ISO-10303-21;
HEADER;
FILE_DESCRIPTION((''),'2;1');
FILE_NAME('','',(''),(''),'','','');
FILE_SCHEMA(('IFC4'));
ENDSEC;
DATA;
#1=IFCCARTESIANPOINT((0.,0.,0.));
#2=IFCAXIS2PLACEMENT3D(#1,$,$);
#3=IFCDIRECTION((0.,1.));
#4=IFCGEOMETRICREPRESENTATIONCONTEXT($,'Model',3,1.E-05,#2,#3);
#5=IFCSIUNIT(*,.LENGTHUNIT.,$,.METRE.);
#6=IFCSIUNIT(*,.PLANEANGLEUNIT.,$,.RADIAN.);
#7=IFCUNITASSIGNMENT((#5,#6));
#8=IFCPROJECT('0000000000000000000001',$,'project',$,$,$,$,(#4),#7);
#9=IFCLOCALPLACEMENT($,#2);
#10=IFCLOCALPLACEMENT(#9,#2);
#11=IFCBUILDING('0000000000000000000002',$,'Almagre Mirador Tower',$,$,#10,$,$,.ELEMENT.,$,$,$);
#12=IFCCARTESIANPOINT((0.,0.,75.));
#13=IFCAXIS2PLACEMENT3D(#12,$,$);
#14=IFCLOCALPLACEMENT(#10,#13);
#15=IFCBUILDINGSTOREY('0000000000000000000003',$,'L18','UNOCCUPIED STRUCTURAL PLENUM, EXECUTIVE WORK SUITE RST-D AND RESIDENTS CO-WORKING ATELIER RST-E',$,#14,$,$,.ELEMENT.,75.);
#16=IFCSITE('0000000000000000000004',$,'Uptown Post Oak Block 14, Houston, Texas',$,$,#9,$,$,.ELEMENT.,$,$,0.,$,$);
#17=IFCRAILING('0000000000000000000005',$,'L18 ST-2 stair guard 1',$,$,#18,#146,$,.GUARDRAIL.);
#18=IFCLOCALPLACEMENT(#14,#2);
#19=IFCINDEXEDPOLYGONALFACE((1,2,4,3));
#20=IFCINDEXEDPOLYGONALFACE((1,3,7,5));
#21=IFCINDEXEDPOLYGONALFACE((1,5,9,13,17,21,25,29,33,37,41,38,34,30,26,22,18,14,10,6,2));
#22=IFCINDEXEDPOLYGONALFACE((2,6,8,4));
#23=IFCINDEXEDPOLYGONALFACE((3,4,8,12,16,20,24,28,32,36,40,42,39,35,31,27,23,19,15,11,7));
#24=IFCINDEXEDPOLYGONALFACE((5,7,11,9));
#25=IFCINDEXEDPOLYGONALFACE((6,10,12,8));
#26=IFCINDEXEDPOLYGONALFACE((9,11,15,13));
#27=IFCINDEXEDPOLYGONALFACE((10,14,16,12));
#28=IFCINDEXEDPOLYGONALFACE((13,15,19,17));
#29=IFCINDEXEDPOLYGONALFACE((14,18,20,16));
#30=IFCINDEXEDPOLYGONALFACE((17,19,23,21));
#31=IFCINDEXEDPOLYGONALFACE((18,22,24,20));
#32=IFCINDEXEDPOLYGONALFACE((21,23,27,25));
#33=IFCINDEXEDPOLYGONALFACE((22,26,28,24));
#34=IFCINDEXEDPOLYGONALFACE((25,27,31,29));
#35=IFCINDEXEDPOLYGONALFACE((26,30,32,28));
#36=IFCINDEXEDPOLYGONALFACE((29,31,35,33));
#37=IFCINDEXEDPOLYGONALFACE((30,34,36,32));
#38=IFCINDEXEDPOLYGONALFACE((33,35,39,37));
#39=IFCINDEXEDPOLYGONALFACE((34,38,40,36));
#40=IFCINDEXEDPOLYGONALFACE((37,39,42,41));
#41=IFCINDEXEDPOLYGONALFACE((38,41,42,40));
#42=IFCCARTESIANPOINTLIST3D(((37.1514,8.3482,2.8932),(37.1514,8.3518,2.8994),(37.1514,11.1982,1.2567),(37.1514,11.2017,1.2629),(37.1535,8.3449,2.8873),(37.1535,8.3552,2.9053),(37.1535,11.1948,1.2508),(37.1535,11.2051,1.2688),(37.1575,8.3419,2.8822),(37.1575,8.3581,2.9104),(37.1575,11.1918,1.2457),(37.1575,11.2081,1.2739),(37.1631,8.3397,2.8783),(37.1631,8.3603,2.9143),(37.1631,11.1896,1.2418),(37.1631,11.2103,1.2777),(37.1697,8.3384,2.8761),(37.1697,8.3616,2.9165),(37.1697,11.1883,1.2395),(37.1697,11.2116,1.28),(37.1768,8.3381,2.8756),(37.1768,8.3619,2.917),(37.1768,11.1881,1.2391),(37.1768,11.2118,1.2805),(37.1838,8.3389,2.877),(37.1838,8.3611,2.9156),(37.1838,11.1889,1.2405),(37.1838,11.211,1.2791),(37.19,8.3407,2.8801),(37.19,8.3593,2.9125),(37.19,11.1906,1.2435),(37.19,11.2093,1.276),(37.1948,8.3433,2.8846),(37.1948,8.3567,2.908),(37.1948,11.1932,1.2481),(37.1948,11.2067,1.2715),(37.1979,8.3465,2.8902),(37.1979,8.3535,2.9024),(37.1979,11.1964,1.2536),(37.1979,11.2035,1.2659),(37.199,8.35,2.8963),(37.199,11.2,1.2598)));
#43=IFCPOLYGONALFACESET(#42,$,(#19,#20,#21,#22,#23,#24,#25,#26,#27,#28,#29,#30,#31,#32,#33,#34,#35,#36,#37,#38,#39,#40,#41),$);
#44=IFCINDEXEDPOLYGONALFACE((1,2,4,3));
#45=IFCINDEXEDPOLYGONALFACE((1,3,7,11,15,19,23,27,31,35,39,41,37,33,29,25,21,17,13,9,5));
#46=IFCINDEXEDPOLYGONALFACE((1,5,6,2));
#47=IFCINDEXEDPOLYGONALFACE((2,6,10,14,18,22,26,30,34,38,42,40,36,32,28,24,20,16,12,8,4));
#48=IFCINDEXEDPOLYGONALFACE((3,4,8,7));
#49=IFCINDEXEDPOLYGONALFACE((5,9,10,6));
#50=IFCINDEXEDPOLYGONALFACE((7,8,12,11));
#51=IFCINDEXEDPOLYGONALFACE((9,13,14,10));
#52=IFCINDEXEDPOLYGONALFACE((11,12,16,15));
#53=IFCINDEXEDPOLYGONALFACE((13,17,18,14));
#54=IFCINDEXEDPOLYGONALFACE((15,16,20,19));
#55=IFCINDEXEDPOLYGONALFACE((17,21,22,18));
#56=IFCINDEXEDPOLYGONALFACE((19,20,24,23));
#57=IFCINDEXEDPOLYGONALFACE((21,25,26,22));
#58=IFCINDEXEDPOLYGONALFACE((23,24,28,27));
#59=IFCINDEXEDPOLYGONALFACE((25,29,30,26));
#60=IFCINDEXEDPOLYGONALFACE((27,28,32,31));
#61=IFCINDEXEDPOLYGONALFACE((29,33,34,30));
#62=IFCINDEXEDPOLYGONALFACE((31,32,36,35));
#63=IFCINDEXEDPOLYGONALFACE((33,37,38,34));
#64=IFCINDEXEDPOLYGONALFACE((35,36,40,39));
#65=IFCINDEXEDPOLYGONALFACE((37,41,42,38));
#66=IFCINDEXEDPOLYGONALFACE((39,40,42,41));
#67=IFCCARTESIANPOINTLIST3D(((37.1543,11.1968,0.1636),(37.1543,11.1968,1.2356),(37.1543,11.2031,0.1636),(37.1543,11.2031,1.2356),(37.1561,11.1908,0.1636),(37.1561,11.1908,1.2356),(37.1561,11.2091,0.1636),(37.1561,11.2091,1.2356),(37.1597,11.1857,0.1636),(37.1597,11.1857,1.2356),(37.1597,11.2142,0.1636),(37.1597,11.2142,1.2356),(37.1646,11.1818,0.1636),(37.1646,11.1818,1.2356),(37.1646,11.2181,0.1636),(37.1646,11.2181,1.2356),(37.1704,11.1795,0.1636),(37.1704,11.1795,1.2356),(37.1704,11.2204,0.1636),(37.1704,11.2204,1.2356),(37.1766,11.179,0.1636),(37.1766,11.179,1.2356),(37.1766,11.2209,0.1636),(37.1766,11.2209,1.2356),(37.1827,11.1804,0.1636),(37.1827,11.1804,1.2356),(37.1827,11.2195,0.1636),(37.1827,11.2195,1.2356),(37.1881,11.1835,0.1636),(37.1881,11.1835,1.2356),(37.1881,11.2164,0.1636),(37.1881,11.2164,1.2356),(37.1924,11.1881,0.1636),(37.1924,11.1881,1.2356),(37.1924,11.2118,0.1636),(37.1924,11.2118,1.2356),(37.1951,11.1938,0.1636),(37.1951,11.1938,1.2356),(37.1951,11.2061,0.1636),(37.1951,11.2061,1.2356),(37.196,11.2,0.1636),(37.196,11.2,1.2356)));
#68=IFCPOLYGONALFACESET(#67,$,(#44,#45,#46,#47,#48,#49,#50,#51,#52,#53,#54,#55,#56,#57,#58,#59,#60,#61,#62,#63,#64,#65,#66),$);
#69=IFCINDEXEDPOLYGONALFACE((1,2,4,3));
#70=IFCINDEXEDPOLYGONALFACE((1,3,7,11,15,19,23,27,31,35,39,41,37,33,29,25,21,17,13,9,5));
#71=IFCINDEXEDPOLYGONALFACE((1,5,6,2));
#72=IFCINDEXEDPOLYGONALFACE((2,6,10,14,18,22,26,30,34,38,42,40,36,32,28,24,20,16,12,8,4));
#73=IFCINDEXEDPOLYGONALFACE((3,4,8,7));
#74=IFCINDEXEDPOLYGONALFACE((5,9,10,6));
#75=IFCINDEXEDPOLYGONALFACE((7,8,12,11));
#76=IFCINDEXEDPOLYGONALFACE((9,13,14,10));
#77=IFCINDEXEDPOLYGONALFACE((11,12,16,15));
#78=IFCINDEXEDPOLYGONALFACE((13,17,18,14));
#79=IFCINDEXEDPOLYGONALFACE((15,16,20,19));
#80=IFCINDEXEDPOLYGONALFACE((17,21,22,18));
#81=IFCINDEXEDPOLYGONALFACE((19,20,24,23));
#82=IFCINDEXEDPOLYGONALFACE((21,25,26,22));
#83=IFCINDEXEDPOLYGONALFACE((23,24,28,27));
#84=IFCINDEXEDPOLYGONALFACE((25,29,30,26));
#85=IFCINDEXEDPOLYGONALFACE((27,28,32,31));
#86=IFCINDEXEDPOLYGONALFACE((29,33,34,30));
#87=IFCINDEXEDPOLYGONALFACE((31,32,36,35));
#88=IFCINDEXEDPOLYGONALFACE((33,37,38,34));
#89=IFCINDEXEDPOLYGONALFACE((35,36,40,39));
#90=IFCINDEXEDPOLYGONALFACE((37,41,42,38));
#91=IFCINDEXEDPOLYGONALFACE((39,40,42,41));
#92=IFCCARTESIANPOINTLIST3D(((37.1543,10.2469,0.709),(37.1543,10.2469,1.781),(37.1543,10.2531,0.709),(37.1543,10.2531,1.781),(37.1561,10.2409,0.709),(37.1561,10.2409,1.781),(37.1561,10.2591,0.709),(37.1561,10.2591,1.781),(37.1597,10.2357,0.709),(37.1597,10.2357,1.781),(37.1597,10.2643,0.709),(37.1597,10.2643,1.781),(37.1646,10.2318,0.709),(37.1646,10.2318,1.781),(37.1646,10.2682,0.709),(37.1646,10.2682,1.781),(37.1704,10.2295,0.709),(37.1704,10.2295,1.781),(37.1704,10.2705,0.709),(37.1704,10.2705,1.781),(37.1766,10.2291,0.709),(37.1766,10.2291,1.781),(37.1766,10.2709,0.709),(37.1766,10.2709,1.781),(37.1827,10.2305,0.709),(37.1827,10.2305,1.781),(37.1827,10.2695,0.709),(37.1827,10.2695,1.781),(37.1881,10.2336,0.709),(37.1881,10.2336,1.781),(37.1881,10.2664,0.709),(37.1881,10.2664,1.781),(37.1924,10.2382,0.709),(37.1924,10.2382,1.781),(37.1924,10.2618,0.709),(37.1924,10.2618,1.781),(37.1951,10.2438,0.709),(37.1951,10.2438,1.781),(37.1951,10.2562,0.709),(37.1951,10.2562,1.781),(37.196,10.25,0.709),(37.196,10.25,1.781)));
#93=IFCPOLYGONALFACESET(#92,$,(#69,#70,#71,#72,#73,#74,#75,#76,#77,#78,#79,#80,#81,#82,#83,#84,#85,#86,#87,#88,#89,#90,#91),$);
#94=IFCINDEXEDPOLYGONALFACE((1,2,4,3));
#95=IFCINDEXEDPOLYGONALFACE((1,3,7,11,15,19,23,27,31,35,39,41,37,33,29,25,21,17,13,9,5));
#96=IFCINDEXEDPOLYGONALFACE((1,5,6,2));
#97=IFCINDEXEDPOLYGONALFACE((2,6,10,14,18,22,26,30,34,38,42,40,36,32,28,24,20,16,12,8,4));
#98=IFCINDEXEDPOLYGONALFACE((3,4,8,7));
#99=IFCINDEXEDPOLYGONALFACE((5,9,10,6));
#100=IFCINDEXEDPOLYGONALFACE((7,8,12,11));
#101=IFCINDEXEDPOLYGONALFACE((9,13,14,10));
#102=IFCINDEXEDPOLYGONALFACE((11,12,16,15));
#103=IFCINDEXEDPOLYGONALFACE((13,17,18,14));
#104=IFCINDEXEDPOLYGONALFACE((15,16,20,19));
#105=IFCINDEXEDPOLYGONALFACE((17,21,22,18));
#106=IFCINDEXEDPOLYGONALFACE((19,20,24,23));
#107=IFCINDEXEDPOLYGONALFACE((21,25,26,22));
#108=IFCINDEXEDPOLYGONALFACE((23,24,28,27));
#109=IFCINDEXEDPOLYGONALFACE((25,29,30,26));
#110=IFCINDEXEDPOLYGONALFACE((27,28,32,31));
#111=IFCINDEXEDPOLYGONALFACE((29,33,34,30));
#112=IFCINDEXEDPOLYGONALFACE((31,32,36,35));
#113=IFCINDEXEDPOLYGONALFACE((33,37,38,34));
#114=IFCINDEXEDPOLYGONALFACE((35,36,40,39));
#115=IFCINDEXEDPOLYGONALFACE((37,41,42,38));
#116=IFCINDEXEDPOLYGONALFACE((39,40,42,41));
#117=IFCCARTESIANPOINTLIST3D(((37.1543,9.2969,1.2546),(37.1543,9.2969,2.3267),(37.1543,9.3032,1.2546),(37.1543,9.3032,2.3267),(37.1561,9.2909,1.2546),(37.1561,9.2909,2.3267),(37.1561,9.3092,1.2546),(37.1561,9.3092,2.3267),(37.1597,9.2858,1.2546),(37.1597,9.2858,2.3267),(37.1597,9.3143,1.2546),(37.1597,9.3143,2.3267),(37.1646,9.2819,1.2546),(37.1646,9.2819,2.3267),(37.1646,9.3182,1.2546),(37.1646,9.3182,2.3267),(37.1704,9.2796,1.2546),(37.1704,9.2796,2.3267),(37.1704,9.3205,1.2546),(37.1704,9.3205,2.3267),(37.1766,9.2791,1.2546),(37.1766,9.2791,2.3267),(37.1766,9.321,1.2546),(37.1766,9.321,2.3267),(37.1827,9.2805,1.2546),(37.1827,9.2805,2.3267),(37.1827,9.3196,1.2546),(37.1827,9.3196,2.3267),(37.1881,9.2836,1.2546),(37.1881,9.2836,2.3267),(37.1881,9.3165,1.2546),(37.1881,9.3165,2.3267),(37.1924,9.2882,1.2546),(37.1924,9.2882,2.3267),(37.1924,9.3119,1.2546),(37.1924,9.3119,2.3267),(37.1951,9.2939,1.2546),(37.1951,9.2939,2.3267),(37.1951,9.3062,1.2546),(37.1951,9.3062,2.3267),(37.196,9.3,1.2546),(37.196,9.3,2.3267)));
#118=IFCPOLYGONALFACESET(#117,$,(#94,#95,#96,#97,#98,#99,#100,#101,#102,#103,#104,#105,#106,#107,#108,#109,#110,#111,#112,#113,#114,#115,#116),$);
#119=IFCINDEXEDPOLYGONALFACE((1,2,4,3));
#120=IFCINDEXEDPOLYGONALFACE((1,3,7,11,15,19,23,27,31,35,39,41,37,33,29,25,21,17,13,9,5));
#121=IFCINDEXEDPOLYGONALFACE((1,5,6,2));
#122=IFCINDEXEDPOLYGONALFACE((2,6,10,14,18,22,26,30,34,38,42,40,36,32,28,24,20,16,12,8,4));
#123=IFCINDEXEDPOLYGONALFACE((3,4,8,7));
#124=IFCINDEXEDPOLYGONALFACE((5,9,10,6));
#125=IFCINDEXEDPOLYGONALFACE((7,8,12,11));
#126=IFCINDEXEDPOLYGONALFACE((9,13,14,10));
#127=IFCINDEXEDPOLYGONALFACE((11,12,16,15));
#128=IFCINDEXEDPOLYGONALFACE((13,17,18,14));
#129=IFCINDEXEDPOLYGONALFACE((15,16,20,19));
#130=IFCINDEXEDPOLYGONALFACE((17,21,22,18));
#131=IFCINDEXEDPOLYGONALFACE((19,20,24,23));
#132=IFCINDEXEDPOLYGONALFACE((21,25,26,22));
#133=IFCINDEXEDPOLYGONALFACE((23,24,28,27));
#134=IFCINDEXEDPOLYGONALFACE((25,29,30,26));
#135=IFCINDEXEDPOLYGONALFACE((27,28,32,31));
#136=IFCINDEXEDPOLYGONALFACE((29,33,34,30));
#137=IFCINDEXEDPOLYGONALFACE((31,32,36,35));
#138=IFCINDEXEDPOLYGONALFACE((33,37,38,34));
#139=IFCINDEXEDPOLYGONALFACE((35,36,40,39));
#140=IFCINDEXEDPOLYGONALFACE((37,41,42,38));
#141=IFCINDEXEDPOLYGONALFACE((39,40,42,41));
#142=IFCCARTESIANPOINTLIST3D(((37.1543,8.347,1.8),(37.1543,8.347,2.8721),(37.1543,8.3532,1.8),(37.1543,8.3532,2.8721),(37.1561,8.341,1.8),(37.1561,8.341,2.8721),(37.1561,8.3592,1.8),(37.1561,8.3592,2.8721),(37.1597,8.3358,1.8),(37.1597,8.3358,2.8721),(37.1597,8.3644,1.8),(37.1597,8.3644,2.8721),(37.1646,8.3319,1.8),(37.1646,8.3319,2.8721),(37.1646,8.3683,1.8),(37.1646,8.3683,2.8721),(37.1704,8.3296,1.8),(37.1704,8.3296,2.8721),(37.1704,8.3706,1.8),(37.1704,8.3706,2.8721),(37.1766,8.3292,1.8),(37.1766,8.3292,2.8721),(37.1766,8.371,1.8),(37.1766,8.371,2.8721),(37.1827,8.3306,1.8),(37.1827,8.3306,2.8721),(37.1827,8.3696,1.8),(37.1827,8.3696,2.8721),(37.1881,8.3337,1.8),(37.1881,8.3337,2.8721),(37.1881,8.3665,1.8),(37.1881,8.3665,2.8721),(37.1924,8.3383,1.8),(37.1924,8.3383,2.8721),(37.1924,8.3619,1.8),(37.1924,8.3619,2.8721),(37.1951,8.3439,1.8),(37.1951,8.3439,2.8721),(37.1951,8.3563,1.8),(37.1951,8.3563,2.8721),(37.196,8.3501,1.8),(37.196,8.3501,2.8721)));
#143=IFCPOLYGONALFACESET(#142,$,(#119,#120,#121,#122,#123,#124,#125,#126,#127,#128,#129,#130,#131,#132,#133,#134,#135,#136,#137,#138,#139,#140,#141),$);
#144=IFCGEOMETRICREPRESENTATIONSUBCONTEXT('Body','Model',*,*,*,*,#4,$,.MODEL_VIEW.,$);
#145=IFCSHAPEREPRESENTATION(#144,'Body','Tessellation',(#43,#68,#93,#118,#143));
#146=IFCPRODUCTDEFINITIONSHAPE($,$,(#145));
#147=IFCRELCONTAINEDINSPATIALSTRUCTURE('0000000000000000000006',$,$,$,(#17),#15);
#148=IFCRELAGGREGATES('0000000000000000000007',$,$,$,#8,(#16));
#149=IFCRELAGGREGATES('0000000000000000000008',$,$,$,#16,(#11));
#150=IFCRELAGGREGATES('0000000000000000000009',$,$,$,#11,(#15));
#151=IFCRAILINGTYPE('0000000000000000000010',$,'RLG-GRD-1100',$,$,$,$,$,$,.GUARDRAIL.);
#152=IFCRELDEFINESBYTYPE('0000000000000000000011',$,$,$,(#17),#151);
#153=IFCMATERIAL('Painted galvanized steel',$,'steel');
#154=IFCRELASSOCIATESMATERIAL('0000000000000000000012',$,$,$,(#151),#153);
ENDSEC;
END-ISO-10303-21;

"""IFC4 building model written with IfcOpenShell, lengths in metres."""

from ifc_helpers import new_model, si_unit, direction, frame, origin, origin_2d, place, context, subcontext, project, spatial, circle, extrude, material, type_object, element, save


model = new_model("IFC4")

# Units and contexts
model_context = context("Model", 3, precision=1e-05, world=origin(), true_north=direction((0.0, 1.0)))
body_context = subcontext(model_context, "Body", "Model", "MODEL_VIEW")
ifc_project = project(units=[si_unit("LENGTHUNIT", "METRE"), si_unit("PLANEANGLEUNIT", "RADIAN")], contexts=[model_context])

# Site, building, storey
site_placement = place(None, origin())
site = spatial("IfcSite", under=ifc_project, at=site_placement, Name="Uptown Post Oak Block 14, Houston, Texas", CompositionType="ELEMENT", RefElevation=0.0)
building_placement = place(site_placement, origin())
building = spatial("IfcBuilding", under=site, at=building_placement, Name="Almagre Mirador Tower", CompositionType="ELEMENT")
storey_placement = place(building_placement, frame((0.0, 0.0, 75.0)))
storey = spatial("IfcBuildingStorey", under=building, at=storey_placement, Name="L18", Description="UNOCCUPIED STRUCTURAL PLENUM, EXECUTIVE WORK SUITE RST-D AND RESIDENTS CO-WORKING ATELIER RST-E", CompositionType="ELEMENT", Elevation=75.0)

# Railing
ifc_material_1 = material(Name="Painted galvanized steel", Category="steel")
railing_type_1 = type_object("IfcRailingType", Name="RLG-GRD-1100", PredefinedType="GUARDRAIL", material=ifc_material_1)
railing_1_placement = place(storey_placement, frame((37.175, 11.2, 0.1636)))
element("IfcRailing", 1, at=railing_1_placement, inside=storey, type_object=railing_type_1, Name="L18 ST-2 stair guard 1", PredefinedType="GUARDRAIL", context=body_context, shape_type="SweptSolid", body=[
    extrude(circle(Radius=0.0239, at=origin_2d()), frame((0.0, 0.0, 1.0962), z_axis=(0.0, -0.867194, 0.49797), x_axis=(1.0, 0.0, 0.0)), (0.0, 0.0, 1.0), 3.2864),
    extrude(circle(Radius=0.021, at=origin_2d()), origin(), (0.0, 0.0, 1.0), 1.072),
    extrude(circle(Radius=0.021, at=origin_2d()), frame((0.0, -0.95, 0.5454)), (0.0, 0.0, 1.0), 1.072),
    extrude(circle(Radius=0.021, at=origin_2d()), frame((0.0, -1.8999, 1.0911)), (0.0, 0.0, 1.0), 1.072),
    extrude(circle(Radius=0.021, at=origin_2d()), frame((0.0, -2.8499, 1.6365)), (0.0, 0.0, 1.0), 1.072),
])

save(model, "model.ifc")
